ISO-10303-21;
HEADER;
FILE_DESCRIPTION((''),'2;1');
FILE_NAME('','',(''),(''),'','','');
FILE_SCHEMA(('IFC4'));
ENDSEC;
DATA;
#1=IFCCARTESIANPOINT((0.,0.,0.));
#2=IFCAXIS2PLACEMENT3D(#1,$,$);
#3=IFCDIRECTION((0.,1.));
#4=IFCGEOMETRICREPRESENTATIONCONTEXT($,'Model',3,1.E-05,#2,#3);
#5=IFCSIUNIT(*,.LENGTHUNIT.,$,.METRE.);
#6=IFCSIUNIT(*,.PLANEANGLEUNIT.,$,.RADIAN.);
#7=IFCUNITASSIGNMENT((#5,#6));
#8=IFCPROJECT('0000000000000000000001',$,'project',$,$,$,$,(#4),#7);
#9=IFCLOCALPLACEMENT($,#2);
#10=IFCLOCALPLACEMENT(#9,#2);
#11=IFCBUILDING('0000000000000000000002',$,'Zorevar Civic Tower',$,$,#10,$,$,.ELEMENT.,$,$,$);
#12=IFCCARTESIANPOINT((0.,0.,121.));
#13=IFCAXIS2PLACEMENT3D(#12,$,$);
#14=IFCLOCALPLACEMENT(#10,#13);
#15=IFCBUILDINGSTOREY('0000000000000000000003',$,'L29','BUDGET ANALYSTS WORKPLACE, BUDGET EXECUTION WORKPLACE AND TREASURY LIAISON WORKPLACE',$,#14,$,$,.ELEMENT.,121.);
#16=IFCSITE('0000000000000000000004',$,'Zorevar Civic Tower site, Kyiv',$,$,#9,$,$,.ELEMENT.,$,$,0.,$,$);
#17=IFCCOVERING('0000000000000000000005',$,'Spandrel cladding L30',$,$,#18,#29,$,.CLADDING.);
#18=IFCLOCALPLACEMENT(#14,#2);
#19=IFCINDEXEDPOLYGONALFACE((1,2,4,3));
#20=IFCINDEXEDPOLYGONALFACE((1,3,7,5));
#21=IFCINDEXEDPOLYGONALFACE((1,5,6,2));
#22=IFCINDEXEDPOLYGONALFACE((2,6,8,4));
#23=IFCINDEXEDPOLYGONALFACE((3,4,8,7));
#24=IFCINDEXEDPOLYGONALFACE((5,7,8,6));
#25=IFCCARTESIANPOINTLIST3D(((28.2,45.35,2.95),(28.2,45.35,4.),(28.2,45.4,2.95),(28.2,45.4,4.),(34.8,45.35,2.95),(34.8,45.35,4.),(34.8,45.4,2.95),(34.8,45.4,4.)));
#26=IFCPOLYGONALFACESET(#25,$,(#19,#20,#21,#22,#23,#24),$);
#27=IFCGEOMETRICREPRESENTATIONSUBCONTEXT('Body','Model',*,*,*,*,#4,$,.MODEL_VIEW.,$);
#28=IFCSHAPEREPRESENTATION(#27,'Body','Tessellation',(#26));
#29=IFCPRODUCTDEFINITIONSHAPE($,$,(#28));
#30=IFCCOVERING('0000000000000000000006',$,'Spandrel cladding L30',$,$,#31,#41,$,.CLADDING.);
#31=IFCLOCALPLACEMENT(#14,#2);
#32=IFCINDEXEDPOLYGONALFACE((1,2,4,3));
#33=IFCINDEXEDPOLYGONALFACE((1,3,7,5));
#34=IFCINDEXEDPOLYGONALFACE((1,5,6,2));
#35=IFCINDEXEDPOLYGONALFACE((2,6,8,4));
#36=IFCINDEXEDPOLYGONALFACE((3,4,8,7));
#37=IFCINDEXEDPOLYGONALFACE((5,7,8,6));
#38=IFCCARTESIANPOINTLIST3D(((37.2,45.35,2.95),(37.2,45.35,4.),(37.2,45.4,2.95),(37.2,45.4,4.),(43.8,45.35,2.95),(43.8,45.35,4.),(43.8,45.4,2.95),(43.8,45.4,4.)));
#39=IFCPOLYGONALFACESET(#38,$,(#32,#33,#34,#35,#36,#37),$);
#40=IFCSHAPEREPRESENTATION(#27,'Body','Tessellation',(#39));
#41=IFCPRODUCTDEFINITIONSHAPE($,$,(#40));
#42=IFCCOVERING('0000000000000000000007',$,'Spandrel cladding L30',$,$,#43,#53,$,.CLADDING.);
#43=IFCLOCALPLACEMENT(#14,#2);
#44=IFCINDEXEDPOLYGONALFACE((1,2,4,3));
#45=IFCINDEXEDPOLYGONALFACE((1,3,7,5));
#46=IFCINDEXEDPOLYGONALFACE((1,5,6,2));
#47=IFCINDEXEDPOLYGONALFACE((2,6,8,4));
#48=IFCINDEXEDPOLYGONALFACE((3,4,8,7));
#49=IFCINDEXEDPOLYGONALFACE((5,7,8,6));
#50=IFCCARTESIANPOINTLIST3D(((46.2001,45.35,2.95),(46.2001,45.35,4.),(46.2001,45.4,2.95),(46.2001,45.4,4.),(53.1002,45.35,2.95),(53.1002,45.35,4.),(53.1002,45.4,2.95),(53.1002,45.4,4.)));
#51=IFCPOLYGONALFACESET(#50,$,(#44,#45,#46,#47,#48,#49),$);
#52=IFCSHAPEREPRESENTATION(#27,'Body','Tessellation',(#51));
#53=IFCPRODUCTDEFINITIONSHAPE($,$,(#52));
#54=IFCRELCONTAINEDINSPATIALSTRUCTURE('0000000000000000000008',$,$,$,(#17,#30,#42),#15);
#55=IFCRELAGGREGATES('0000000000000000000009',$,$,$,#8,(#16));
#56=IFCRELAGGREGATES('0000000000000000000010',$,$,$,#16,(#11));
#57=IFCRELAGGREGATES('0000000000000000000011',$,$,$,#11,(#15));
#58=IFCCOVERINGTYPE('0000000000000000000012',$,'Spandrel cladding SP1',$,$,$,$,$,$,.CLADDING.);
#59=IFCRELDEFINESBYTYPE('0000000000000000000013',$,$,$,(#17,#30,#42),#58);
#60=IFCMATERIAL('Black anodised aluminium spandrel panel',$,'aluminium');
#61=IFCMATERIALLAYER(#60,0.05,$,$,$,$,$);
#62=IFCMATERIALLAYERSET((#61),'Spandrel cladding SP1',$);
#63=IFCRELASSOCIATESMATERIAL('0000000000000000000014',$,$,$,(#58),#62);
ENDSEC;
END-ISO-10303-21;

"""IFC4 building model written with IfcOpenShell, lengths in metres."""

from ifc_helpers import new_model, si_unit, direction, frame, frame_2d, origin, place, context, subcontext, project, spatial, rectangle, extrude, material, layer, layer_set, type_object, element, save


model = new_model("IFC4")

# Units and contexts
model_context = context("Model", 3, precision=1e-05, world=origin(), true_north=direction((0.0, 1.0)))
body_context = subcontext(model_context, "Body", "Model", "MODEL_VIEW")
ifc_project = project(units=[si_unit("LENGTHUNIT", "METRE"), si_unit("PLANEANGLEUNIT", "RADIAN")], contexts=[model_context])

# Site, building, storey
site_placement = place(None, origin())
site = spatial("IfcSite", under=ifc_project, at=site_placement, Name="Zorevar Civic Tower site, Kyiv", CompositionType="ELEMENT", RefElevation=0.0)
building_placement = place(site_placement, origin())
building = spatial("IfcBuilding", under=site, at=building_placement, Name="Zorevar Civic Tower", CompositionType="ELEMENT")
storey_placement = place(building_placement, frame((0.0, 0.0, 121.0)))
storey = spatial("IfcBuildingStorey", under=building, at=storey_placement, Name="L29", Description="BUDGET ANALYSTS WORKPLACE, BUDGET EXECUTION WORKPLACE AND TREASURY LIAISON WORKPLACE", CompositionType="ELEMENT", Elevation=121.0)

# Coverings
ifc_material_1 = material(Name="Black anodised aluminium spandrel panel", Category="aluminium")
ifc_layer_1 = layer(ifc_material_1, 0.05)
ifc_layer_set_1 = layer_set([ifc_layer_1], Name="Spandrel cladding SP1")
covering_type = type_object("IfcCoveringType", Name="Spandrel cladding SP1", PredefinedType="CLADDING", material=ifc_layer_set_1)
for number, where, z_axis, x_axis, name in (
    (1, (28.2, 45.375, 2.95), (0.0, 0.0, 1.0), (1.0, 0.0, 0.0), "Spandrel cladding L30"),
    (2, (37.2, 45.375, 2.95), (0.0, 0.0, 1.0), (1.0, 0.0, 0.0), "Spandrel cladding L30"),
):
    element("IfcCovering", number, at=place(storey_placement, frame(where, z_axis=z_axis, x_axis=x_axis)), inside=storey, type_object=covering_type, Name=name, PredefinedType="CLADDING", context=body_context, shape_type="SweptSolid", body=[
        extrude(rectangle(XDim=6.6001, YDim=0.05, at=frame_2d((3.3, 0.0))), origin(), (0.0, 0.0, 1.0), 1.05),
    ])
covering_placement = place(storey_placement, frame((46.2, 45.375, 2.95), z_axis=(0.0, 0.0, 1.0), x_axis=(1.0, 0.0, 0.0)))
element("IfcCovering", 3, at=covering_placement, inside=storey, type_object=covering_type, Name="Spandrel cladding L30", PredefinedType="CLADDING", context=body_context, shape_type="SweptSolid", body=[
    extrude(rectangle(XDim=6.9001, YDim=0.05, at=frame_2d((3.4502, 0.0))), origin(), (0.0, 0.0, 1.0), 1.05),
])

save(model, "model.ifc")
